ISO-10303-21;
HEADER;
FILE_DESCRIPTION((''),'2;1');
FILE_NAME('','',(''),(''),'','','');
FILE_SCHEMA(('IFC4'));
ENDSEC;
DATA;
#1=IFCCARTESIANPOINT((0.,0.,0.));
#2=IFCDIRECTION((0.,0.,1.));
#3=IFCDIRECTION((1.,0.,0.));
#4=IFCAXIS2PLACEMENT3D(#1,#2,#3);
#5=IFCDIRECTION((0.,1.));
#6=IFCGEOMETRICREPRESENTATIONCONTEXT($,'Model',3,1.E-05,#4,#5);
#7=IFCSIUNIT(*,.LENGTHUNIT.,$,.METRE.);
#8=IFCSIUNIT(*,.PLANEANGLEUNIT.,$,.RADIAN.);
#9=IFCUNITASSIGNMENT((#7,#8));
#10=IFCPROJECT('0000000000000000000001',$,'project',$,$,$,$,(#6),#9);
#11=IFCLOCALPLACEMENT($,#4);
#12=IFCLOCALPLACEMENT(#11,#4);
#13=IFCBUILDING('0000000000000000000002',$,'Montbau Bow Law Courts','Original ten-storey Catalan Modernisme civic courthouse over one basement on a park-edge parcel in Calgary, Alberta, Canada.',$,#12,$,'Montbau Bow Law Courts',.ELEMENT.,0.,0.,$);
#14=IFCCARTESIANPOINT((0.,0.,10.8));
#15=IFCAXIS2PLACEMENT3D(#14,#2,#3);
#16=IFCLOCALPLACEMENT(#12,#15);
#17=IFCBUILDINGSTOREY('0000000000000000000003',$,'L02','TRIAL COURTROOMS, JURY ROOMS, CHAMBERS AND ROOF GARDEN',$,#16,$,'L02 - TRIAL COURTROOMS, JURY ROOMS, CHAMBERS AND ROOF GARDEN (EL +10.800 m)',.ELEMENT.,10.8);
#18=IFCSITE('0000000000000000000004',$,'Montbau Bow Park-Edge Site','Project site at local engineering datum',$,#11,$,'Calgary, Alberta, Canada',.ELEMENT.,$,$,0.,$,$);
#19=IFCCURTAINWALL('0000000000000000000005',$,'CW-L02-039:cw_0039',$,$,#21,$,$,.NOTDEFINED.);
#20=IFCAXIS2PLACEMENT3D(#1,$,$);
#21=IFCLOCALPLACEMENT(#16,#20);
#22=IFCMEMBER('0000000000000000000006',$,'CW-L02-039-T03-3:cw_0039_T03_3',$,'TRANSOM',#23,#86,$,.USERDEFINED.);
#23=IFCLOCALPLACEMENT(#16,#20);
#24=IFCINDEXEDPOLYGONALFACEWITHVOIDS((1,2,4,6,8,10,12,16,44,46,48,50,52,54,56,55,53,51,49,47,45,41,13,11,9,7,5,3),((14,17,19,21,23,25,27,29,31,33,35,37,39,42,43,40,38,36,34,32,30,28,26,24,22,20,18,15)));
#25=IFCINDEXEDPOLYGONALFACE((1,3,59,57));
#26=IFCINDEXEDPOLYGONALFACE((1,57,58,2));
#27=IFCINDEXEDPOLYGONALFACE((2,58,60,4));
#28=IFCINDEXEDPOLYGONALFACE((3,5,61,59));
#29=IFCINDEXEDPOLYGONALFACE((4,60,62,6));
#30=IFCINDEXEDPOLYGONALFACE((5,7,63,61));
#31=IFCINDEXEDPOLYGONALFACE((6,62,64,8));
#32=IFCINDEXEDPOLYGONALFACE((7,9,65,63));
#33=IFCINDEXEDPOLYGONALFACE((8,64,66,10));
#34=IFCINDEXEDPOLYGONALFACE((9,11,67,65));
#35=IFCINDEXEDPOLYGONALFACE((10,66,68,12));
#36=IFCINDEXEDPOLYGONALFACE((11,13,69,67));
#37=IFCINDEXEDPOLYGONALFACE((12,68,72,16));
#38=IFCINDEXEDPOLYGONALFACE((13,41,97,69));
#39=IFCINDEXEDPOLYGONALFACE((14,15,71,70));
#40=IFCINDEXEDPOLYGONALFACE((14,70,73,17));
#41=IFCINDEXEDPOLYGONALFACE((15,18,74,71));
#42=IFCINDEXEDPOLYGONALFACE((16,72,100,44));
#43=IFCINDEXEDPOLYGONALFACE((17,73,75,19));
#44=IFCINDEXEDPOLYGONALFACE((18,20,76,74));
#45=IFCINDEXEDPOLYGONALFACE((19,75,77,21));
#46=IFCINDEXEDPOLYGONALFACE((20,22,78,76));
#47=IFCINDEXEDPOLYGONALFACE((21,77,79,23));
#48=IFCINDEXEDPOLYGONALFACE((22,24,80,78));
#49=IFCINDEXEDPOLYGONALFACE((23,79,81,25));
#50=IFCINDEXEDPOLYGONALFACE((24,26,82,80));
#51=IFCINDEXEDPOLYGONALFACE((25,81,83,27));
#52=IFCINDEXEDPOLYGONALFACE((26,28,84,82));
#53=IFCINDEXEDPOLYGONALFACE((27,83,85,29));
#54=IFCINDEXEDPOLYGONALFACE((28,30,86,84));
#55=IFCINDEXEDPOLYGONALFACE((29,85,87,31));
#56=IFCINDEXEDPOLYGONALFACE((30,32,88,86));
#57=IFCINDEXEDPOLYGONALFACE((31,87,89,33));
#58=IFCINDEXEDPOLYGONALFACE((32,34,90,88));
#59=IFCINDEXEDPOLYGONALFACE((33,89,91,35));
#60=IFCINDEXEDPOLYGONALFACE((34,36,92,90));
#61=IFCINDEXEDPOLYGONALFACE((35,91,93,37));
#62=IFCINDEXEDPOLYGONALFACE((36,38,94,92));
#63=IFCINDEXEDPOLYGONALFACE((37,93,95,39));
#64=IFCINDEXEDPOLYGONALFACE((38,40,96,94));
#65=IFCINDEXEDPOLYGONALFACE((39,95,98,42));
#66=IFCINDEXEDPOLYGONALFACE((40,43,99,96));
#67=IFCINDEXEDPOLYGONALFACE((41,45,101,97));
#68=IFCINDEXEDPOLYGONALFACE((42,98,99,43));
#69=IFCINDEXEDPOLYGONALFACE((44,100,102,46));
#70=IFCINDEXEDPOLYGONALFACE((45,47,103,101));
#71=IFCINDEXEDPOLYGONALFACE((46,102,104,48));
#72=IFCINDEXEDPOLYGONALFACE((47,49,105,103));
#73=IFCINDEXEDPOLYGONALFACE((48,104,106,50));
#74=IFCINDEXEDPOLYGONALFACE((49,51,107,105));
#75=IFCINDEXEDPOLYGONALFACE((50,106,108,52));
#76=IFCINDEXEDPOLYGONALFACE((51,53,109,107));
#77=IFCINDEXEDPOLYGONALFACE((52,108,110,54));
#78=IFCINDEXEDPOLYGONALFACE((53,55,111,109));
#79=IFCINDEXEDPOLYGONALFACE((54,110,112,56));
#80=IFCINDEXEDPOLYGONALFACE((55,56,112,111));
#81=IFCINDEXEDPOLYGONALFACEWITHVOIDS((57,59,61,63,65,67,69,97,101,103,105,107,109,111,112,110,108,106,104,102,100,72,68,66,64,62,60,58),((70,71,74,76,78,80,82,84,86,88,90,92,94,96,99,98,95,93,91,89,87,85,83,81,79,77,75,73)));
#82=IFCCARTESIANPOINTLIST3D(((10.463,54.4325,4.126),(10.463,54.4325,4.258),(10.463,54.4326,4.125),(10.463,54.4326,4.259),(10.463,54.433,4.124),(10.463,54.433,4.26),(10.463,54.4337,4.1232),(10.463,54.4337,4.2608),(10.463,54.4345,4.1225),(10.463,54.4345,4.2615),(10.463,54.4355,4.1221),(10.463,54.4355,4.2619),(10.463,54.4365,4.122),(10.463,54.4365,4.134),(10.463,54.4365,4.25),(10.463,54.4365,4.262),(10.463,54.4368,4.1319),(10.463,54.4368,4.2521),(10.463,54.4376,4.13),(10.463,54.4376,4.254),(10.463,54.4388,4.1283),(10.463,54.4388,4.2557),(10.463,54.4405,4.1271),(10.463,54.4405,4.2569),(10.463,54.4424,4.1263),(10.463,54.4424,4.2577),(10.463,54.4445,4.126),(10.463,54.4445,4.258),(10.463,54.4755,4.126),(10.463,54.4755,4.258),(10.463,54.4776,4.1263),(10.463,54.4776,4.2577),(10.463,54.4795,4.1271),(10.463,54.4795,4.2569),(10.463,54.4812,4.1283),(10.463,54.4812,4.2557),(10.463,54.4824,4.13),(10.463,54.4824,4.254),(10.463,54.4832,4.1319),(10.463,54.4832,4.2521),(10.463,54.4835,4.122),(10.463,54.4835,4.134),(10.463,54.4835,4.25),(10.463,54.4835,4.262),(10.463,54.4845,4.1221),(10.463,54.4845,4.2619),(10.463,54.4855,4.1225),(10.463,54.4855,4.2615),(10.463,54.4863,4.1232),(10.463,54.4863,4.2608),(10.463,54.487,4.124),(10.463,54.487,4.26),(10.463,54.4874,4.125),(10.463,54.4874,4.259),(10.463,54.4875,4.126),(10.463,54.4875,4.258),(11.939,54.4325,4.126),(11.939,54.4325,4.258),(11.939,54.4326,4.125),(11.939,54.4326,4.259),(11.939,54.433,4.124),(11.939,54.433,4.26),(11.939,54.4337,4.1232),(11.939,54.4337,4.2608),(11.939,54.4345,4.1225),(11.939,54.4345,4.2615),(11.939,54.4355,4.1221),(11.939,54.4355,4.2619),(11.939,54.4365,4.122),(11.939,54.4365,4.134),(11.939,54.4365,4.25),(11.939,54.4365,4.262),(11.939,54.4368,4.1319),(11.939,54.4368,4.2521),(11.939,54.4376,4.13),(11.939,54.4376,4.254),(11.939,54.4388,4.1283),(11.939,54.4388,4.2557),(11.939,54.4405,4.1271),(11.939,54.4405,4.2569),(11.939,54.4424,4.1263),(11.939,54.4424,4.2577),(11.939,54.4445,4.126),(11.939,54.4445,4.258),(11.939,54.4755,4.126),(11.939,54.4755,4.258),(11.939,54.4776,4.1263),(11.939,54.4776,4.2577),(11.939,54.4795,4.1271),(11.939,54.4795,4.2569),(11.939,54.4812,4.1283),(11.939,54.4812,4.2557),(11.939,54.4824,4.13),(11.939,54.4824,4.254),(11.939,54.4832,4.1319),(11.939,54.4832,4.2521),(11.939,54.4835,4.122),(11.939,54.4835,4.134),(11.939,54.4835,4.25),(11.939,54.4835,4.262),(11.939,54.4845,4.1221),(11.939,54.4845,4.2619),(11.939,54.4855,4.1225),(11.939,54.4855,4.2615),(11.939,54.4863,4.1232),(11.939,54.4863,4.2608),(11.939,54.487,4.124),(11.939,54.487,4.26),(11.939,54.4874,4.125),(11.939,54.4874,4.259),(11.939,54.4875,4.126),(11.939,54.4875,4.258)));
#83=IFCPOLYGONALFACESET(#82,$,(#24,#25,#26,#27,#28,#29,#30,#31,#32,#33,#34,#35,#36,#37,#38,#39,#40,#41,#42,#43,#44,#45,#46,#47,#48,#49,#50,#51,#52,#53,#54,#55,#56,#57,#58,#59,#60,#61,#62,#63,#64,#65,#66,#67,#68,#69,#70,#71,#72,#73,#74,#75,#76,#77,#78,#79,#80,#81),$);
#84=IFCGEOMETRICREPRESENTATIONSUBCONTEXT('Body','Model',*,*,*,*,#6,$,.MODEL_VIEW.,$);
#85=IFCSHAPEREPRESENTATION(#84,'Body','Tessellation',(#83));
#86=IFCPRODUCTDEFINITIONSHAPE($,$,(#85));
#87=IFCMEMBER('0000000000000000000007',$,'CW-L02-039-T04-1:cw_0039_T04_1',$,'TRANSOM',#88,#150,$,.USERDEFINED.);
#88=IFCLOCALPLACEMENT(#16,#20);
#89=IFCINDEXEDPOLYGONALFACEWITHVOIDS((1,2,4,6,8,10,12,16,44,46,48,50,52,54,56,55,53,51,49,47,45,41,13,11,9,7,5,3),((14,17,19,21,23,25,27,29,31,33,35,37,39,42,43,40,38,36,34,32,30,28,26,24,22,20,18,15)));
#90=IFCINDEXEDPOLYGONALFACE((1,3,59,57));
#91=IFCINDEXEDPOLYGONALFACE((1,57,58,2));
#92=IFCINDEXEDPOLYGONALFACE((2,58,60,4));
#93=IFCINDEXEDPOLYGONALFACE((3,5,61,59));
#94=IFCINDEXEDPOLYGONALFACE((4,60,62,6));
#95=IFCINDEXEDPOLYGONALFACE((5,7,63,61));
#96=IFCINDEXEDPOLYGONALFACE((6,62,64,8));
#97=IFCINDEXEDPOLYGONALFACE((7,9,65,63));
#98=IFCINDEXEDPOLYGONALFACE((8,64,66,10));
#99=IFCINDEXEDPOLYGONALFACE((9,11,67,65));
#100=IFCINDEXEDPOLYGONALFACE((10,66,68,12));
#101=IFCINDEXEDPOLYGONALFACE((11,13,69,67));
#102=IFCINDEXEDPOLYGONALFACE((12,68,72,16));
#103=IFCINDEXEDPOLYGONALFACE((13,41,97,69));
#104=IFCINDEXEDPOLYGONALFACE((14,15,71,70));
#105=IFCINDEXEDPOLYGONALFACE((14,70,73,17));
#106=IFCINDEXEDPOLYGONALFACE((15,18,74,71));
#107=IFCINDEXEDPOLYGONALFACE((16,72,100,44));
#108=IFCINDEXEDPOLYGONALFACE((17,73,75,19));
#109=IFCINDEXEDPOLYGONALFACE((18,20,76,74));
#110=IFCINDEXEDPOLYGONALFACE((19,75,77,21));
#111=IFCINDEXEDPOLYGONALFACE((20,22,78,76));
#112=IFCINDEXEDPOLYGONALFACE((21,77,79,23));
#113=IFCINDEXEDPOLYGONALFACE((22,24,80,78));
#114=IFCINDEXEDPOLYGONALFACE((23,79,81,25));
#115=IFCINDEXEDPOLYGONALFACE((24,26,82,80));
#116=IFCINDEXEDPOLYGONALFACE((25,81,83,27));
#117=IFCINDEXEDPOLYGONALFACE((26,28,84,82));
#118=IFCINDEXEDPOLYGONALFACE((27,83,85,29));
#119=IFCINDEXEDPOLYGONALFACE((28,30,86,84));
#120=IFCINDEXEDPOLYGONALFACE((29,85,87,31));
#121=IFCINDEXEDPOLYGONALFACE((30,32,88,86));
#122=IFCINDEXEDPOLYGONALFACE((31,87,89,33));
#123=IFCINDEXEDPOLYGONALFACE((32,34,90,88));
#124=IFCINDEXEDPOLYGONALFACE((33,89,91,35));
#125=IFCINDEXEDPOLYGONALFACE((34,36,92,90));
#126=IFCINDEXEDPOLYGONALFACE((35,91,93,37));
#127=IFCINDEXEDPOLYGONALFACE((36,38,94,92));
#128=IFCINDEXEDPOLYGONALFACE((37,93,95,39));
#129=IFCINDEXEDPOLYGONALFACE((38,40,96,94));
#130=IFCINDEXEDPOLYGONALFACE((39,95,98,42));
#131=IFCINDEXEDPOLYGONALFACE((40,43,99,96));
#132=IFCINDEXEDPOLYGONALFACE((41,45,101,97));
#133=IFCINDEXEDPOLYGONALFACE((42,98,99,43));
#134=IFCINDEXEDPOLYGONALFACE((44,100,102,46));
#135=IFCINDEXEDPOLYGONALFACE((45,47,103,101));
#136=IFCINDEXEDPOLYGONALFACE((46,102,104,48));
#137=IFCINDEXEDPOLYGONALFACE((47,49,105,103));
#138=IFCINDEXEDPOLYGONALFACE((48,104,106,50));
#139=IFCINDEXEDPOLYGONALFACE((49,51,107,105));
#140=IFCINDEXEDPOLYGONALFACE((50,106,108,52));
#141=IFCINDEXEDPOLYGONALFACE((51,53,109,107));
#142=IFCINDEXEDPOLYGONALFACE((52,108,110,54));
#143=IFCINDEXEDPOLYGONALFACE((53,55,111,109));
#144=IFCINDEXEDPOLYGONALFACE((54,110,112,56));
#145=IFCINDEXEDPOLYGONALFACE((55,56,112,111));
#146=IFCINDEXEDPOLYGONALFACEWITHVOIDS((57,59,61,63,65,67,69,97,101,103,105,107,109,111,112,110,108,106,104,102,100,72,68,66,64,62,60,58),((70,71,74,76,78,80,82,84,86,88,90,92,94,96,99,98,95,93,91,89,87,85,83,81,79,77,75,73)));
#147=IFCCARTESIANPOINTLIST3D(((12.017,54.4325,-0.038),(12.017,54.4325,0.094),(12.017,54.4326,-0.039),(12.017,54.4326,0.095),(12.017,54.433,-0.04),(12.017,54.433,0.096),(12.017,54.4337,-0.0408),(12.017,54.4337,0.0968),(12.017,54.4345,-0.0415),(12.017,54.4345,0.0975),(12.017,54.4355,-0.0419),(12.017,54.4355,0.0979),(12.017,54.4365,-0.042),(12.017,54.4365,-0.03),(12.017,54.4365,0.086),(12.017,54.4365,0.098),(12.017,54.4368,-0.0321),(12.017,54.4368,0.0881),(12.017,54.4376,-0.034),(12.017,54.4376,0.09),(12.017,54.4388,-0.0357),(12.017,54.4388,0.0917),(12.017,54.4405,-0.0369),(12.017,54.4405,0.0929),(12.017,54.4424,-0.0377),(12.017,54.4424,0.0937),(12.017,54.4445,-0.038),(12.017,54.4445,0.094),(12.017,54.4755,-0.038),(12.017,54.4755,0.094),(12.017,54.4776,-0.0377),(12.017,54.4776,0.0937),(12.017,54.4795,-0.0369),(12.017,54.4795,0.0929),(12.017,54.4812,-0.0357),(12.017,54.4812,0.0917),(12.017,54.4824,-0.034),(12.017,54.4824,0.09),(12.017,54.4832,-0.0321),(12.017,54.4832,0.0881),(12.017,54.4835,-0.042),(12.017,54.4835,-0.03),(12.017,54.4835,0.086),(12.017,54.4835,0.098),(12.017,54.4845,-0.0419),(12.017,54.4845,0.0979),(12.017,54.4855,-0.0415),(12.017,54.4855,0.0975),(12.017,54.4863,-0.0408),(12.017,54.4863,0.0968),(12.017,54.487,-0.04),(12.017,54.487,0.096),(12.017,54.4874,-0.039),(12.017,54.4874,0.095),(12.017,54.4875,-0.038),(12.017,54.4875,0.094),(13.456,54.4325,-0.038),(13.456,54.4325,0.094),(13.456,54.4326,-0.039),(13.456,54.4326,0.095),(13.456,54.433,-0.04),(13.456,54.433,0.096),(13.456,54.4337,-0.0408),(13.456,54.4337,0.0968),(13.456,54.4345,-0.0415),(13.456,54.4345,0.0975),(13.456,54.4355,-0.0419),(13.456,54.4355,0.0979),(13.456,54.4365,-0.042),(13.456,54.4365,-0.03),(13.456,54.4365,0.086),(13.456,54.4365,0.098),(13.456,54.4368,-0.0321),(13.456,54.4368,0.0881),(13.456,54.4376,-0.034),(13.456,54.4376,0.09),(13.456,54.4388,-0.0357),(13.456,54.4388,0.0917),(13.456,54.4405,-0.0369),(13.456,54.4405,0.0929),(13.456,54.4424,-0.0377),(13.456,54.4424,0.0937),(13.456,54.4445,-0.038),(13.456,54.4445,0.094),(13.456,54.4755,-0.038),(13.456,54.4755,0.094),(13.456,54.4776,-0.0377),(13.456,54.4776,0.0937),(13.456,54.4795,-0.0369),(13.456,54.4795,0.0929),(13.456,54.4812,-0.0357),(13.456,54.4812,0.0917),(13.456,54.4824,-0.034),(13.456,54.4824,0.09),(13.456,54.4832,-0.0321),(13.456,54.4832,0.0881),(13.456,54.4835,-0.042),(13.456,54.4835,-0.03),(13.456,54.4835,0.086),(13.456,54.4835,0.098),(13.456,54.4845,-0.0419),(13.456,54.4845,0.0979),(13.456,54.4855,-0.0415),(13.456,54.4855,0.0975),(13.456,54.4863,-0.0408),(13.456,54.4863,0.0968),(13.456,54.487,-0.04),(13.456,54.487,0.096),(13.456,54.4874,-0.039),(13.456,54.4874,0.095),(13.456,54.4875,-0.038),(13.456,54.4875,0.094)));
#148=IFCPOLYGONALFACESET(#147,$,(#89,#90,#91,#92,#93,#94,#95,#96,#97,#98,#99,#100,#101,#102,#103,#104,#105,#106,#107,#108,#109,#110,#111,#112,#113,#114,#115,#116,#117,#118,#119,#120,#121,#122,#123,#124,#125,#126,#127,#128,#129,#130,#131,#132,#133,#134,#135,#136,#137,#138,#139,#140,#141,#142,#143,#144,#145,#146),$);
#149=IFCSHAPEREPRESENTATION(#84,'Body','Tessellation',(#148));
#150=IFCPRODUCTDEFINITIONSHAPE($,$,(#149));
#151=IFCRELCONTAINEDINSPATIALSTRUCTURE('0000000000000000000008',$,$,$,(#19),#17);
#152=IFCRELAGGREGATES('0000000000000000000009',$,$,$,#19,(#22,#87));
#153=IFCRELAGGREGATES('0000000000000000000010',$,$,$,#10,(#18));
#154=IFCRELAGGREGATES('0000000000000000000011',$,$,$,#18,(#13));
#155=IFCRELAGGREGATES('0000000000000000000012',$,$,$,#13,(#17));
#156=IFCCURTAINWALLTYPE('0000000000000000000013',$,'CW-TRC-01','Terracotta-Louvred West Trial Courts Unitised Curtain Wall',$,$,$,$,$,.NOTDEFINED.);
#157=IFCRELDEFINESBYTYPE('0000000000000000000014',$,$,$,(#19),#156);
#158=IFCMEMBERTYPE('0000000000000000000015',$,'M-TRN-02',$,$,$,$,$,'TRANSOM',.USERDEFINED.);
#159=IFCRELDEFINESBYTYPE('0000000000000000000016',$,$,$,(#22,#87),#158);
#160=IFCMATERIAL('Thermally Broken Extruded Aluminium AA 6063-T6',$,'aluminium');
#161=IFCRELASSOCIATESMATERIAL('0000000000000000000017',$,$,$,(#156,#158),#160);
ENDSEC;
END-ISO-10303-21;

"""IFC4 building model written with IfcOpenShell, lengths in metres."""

from ifc_helpers import new_model, si_unit, direction, frame, origin_with_axes, origin_2d_with_axis, place, context, subcontext, project, spatial, hollow_rectangle, extrude, material, material_profile, profile_set, type_object, element, aggregate, save


model = new_model("IFC4")

# Units and contexts
model_context = context("Model", 3, precision=1e-05, world=origin_with_axes(), true_north=direction((0.0, 1.0)))
body_context = subcontext(model_context, "Body", "Model", "MODEL_VIEW")
ifc_project = project(units=[si_unit("LENGTHUNIT", "METRE"), si_unit("PLANEANGLEUNIT", "RADIAN")], contexts=[model_context])

# Site, building, storey
site_placement = place(None, origin_with_axes())
site = spatial("IfcSite", under=ifc_project, at=site_placement, Name="Montbau Bow Park-Edge Site", Description="Project site at local engineering datum", LongName="Calgary, Alberta, Canada", CompositionType="ELEMENT", RefElevation=0.0)
building_placement = place(site_placement, origin_with_axes())
building = spatial("IfcBuilding", under=site, at=building_placement, Name="Montbau Bow Law Courts", Description="Original ten-storey Catalan Modernisme civic courthouse over one basement on a park-edge parcel in Calgary, Alberta, Canada.", LongName="Montbau Bow Law Courts", CompositionType="ELEMENT", ElevationOfRefHeight=0.0, ElevationOfTerrain=0.0)
storey_placement = place(building_placement, frame((0.0, 0.0, 10.8), z_axis=(0.0, 0.0, 1.0), x_axis=(1.0, 0.0, 0.0)))
storey = spatial("IfcBuildingStorey", under=building, at=storey_placement, Name="L02", Description="TRIAL COURTROOMS, JURY ROOMS, CHAMBERS AND ROOF GARDEN", LongName="L02 - TRIAL COURTROOMS, JURY ROOMS, CHAMBERS AND ROOF GARDEN (EL +10.800 m)", CompositionType="ELEMENT", Elevation=10.8)

# Curtain wall
ifc_material_1 = material(Name="Thermally Broken Extruded Aluminium AA 6063-T6", Category="aluminium")
curtain_wall_type = type_object("IfcCurtainWallType", Name="CW-TRC-01", Description="Terracotta-Louvred West Trial Courts Unitised Curtain Wall", PredefinedType="NOTDEFINED", material=ifc_material_1)
curtain_wall_1_placement = place(None, frame((7.315, 54.46, 10.8), z_axis=(0.0, 0.0, 1.0), x_axis=(1.0, 0.0, 0.0)))
curtain_wall_1 = element("IfcCurtainWall", 1, at=curtain_wall_1_placement, inside=storey, type_object=curtain_wall_type, Name="CW-L02-039:cw_0039", PredefinedType="NOTDEFINED")

# Members
ifc_material_profile_1 = material_profile(ifc_material_1, hollow_rectangle(XDim=0.055, YDim=0.14, WallThickness=0.004, InnerFilletRadius=0.008, OuterFilletRadius=0.004, at=origin_2d_with_axis()), Name="CWT-140X55", Category="Main", Priority=0)
ifc_profile_set_1 = profile_set([ifc_material_profile_1], Name="Thermally Broken Extruded Aluminium AA 6063-T6")
member_type_1 = type_object("IfcMemberType", Name="M-TRN-02", ElementType="TRANSOM", PredefinedType="USERDEFINED", material=ifc_profile_set_1)
member_1_placement = place(None, frame((10.463, 54.46, 14.992), z_axis=(1.0, 0.0, 0.0), x_axis=(0.0, 1.0, 0.0)))
member_1 = element("IfcMember", 2, at=member_1_placement, type_object=member_type_1, Name="CW-L02-039-T03-3:cw_0039_T03_3", ObjectType="TRANSOM", PredefinedType="USERDEFINED", context=body_context, shape_type="SweptSolid", body=[
    extrude(hollow_rectangle(XDim=0.055, YDim=0.14, WallThickness=0.004, InnerFilletRadius=0.008, OuterFilletRadius=0.004, at=origin_2d_with_axis()), origin_with_axes(), (0.0, 0.0, 1.0), 1.476),
])
member_2_placement = place(None, frame((12.017, 54.46, 10.828), z_axis=(1.0, 0.0, 0.0), x_axis=(0.0, 1.0, 0.0)))
member_2 = element("IfcMember", 3, at=member_2_placement, type_object=member_type_1, Name="CW-L02-039-T04-1:cw_0039_T04_1", ObjectType="TRANSOM", PredefinedType="USERDEFINED", context=body_context, shape_type="SweptSolid", body=[
    extrude(hollow_rectangle(XDim=0.055, YDim=0.14, WallThickness=0.004, InnerFilletRadius=0.008, OuterFilletRadius=0.004, at=origin_2d_with_axis()), origin_with_axes(), (0.0, 0.0, 1.0), 1.439),
])

aggregate(curtain_wall_1, [member_1, member_2])

save(model, "model.ifc")
